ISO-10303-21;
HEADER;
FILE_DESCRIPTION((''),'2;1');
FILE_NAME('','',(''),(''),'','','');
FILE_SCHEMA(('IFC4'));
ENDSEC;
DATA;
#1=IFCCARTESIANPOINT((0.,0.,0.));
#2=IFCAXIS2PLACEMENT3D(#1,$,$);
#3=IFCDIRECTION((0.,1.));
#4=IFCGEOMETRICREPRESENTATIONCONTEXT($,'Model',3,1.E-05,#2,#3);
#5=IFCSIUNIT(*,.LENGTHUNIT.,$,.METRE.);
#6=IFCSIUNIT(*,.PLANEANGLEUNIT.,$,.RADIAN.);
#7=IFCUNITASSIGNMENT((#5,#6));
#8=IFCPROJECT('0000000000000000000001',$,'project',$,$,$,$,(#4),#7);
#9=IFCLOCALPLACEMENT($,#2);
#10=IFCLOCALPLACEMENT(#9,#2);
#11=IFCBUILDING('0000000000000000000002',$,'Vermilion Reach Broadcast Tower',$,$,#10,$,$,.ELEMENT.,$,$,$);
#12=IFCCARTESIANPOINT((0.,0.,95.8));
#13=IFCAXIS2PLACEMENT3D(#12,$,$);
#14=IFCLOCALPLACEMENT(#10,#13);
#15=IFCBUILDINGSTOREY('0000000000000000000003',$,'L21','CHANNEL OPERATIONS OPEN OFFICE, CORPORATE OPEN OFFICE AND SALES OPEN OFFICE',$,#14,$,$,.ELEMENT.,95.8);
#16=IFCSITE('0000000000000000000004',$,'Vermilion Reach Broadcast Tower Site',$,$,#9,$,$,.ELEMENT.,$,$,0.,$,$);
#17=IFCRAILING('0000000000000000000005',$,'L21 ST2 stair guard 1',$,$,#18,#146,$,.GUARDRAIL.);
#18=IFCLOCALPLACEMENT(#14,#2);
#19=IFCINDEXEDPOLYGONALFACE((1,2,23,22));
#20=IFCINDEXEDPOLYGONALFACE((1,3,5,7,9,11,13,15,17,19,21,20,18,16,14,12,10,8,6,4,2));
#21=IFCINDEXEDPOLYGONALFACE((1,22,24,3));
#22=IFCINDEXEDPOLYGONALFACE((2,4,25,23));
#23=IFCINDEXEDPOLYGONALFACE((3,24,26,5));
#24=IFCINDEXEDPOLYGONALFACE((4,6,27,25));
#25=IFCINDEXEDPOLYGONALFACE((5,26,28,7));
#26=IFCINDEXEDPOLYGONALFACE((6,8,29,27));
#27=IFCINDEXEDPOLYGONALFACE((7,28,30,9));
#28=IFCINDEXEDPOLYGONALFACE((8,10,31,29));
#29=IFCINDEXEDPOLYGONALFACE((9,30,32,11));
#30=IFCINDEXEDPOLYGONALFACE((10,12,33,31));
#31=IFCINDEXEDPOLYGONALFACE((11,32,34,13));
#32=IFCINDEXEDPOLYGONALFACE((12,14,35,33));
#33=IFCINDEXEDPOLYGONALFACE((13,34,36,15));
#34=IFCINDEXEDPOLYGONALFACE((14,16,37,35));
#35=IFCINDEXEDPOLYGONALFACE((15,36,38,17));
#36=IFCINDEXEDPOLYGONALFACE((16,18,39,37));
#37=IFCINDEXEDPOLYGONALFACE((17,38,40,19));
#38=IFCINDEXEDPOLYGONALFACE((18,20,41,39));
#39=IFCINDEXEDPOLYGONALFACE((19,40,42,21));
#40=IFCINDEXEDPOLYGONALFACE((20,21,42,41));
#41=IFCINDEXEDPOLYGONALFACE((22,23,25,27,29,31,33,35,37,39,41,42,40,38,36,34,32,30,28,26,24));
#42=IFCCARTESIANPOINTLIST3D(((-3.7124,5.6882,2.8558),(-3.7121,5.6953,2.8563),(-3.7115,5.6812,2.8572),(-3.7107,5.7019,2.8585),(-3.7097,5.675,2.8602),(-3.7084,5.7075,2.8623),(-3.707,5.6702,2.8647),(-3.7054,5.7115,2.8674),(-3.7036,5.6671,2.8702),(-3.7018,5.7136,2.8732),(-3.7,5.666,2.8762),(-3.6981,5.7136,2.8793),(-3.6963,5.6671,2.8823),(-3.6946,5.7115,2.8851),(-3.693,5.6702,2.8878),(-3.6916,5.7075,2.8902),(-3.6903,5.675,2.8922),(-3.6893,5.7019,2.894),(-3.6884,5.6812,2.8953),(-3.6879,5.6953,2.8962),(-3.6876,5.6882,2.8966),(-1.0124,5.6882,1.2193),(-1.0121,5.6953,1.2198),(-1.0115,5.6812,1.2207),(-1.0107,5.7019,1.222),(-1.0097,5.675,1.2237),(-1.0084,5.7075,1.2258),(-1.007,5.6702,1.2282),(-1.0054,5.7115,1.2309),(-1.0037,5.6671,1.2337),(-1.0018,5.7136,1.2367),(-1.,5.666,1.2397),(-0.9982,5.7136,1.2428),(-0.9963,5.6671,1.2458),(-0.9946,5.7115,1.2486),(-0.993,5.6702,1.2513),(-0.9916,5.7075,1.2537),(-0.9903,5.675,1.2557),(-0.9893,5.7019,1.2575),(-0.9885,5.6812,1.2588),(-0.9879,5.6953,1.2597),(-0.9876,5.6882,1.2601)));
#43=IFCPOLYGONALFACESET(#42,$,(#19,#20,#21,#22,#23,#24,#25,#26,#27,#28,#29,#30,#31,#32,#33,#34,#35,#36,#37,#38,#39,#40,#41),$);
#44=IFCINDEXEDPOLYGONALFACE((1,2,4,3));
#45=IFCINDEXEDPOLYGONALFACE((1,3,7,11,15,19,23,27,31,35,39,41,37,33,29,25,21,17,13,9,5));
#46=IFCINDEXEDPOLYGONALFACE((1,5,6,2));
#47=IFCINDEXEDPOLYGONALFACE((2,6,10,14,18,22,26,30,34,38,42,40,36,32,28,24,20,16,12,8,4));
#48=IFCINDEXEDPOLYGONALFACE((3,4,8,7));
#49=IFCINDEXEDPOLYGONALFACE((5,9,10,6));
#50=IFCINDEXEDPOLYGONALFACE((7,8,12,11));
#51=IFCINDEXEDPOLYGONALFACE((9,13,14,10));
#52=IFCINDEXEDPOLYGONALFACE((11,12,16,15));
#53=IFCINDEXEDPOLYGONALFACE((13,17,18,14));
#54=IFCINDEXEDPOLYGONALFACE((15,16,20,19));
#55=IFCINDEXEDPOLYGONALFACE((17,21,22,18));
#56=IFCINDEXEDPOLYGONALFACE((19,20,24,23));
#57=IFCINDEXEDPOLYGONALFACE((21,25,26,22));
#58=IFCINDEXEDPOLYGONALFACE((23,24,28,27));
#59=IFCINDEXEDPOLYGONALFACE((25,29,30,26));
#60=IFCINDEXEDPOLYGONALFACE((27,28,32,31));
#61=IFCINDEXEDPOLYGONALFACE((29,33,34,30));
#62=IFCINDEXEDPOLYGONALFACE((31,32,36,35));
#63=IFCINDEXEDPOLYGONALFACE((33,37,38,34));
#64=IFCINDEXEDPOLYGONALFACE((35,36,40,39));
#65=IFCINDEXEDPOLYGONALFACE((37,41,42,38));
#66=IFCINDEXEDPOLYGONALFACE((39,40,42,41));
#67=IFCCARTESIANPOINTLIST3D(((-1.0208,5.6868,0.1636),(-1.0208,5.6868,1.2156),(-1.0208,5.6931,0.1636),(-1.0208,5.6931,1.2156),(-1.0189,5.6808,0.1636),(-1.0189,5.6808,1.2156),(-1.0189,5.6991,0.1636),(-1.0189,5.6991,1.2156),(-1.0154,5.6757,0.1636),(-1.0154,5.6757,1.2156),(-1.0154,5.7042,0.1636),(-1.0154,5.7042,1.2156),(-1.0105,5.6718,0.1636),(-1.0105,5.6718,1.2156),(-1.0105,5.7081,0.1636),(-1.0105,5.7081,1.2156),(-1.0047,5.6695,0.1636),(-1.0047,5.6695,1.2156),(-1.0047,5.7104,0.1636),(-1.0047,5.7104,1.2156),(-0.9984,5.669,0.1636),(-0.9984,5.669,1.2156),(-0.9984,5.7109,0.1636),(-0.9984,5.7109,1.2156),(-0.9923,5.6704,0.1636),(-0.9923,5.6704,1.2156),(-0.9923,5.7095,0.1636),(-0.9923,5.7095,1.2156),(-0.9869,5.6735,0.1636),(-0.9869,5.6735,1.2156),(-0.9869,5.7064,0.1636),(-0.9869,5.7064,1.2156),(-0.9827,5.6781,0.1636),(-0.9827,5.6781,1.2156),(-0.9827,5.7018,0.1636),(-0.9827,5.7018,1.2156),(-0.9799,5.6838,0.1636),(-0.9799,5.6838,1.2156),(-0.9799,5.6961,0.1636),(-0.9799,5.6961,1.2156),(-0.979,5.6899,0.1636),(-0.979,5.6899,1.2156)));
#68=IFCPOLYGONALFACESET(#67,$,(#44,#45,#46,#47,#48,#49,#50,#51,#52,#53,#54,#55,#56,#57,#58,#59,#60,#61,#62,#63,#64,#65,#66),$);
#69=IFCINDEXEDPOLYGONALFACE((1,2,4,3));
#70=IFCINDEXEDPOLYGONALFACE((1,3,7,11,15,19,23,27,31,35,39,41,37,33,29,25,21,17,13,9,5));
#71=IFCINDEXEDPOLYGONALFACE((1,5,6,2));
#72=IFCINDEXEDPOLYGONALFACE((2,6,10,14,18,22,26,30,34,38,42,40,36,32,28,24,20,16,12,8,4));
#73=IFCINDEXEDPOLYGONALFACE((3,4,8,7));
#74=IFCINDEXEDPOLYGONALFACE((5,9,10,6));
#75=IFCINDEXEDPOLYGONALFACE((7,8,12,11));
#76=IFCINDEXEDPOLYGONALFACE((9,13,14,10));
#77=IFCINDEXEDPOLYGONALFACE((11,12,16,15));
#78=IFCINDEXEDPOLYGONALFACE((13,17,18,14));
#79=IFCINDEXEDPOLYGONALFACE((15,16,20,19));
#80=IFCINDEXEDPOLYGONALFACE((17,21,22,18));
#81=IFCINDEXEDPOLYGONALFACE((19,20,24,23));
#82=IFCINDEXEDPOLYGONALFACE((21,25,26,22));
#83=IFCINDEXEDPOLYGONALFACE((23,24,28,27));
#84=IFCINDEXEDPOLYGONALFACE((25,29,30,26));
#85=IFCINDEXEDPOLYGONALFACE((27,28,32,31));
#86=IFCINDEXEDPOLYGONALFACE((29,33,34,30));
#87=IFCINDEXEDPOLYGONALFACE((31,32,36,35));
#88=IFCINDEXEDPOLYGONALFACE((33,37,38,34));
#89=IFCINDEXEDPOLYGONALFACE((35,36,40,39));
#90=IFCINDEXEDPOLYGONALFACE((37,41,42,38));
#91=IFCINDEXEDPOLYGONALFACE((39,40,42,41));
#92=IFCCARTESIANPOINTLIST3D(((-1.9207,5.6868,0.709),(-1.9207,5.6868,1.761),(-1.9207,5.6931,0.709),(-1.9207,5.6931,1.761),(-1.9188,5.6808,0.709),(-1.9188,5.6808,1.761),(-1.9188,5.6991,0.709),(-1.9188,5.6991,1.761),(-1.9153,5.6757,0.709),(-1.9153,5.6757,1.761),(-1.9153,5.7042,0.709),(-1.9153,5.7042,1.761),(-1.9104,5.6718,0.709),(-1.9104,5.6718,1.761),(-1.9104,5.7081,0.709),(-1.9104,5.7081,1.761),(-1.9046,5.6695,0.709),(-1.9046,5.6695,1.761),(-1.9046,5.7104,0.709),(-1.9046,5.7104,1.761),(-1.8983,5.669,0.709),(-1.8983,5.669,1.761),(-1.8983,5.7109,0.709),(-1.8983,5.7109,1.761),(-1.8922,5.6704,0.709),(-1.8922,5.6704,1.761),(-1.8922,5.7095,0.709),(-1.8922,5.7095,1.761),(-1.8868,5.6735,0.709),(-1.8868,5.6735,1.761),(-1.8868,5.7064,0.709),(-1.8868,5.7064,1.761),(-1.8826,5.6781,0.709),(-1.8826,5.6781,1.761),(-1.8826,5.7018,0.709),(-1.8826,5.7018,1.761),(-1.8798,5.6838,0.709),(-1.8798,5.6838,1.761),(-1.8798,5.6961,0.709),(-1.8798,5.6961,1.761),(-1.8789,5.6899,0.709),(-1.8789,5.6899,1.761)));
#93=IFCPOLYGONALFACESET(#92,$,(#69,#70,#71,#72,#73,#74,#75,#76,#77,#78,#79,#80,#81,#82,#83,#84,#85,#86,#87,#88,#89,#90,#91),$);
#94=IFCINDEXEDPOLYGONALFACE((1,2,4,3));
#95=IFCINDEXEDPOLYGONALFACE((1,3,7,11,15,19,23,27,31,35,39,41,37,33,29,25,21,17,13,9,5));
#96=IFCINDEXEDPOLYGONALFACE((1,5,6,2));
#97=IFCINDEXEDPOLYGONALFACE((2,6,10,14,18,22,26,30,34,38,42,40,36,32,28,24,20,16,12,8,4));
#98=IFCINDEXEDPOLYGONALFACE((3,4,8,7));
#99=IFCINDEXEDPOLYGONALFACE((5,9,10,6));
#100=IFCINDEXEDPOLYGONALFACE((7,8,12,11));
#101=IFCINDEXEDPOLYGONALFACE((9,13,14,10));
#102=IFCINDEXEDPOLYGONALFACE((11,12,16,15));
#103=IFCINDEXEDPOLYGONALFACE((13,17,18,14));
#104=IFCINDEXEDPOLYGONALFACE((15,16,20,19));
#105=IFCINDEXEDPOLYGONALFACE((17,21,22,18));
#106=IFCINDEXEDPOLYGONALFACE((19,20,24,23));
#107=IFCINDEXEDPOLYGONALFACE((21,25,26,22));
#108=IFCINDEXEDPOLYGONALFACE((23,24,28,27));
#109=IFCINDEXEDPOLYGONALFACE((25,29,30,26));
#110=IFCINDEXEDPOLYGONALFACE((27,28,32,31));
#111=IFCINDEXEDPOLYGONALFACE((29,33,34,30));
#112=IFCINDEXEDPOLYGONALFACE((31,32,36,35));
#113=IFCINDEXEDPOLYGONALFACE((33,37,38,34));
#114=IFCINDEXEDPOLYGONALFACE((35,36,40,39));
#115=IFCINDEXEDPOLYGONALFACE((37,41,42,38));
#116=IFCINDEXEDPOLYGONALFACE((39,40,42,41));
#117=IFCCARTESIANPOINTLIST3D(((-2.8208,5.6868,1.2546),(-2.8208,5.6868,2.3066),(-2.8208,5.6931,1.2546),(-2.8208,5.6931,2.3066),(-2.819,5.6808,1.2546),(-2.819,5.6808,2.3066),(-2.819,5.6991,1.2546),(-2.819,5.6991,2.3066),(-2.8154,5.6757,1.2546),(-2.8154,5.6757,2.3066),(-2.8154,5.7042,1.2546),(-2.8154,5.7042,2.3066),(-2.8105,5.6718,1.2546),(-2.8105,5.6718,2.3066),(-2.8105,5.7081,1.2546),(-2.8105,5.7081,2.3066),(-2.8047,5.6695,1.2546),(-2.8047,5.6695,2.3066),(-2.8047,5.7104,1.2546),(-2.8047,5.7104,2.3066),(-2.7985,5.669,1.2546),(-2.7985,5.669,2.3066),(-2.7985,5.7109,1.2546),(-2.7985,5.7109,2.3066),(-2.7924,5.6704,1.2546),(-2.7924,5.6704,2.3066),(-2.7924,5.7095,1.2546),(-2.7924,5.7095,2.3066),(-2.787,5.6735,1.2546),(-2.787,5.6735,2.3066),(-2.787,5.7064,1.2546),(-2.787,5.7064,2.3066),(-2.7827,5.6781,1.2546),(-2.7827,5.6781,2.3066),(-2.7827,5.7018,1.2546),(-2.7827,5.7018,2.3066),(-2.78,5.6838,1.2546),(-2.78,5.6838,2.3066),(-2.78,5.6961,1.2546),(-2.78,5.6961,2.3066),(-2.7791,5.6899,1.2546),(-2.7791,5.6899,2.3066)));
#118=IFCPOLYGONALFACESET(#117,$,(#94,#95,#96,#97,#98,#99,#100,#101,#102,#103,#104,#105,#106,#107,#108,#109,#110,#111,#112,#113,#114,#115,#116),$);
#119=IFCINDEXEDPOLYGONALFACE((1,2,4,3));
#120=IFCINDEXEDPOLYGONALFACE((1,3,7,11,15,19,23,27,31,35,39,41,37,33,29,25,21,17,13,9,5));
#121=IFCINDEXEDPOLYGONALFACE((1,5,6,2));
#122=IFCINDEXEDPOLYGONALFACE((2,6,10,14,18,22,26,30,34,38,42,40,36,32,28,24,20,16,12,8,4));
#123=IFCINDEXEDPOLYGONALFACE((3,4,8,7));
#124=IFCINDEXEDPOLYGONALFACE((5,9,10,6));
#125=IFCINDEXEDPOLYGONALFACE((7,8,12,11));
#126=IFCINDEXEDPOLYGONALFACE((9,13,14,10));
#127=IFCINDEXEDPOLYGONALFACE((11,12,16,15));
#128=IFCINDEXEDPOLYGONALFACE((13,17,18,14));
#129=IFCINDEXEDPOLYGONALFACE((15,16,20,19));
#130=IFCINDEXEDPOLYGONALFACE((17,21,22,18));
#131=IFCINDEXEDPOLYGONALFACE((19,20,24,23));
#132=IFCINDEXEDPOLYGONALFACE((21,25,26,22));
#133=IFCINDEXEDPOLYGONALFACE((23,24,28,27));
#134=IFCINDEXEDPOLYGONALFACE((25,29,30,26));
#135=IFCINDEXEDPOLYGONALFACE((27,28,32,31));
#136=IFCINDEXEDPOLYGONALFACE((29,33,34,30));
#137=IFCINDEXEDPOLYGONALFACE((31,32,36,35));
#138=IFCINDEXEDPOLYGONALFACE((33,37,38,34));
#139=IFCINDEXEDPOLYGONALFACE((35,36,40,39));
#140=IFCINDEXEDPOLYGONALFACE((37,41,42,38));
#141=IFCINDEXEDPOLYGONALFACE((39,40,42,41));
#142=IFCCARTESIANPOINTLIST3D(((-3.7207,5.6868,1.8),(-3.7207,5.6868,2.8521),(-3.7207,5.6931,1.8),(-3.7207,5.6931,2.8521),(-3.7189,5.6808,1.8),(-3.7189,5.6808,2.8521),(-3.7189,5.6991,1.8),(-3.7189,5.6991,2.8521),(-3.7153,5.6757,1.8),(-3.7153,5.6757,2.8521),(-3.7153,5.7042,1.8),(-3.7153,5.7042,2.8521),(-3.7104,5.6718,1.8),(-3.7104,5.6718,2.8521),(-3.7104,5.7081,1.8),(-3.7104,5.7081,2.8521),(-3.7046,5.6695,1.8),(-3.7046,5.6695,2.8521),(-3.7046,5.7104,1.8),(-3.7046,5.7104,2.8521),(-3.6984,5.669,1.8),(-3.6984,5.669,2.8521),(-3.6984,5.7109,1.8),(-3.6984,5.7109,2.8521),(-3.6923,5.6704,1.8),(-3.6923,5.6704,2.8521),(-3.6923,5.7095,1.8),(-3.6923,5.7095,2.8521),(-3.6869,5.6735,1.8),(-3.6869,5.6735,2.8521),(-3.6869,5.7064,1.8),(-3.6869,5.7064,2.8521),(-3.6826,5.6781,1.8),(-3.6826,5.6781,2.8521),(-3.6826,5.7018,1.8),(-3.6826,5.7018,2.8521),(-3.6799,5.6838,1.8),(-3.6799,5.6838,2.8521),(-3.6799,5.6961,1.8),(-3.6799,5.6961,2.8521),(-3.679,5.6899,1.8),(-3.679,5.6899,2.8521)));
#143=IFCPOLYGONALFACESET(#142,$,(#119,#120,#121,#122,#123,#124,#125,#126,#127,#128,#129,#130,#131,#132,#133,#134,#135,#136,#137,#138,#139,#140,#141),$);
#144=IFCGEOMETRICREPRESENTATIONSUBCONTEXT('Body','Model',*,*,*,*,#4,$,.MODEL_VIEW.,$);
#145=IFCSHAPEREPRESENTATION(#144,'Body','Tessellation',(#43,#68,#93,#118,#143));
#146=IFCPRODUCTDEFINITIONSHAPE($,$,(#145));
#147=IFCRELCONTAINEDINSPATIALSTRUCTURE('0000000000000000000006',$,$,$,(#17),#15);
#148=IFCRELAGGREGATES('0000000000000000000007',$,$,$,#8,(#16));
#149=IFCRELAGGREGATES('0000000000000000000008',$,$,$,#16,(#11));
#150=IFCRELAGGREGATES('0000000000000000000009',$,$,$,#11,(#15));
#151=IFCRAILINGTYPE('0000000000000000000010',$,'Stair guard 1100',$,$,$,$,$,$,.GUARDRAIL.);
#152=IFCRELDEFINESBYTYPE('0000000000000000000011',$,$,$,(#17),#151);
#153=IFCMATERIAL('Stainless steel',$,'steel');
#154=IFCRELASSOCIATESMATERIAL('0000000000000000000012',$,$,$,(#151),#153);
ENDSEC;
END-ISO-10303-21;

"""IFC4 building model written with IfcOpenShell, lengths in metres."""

from ifc_helpers import new_model, si_unit, direction, frame, origin, origin_2d, place, context, subcontext, project, spatial, circle, extrude, material, type_object, element, save


model = new_model("IFC4")

# Units and contexts
model_context = context("Model", 3, precision=1e-05, world=origin(), true_north=direction((0.0, 1.0)))
body_context = subcontext(model_context, "Body", "Model", "MODEL_VIEW")
ifc_project = project(units=[si_unit("LENGTHUNIT", "METRE"), si_unit("PLANEANGLEUNIT", "RADIAN")], contexts=[model_context])

# Site, building, storey
site_placement = place(None, origin())
site = spatial("IfcSite", under=ifc_project, at=site_placement, Name="Vermilion Reach Broadcast Tower Site", CompositionType="ELEMENT", RefElevation=0.0)
building_placement = place(site_placement, origin())
building = spatial("IfcBuilding", under=site, at=building_placement, Name="Vermilion Reach Broadcast Tower", CompositionType="ELEMENT")
storey_placement = place(building_placement, frame((0.0, 0.0, 95.8)))
storey = spatial("IfcBuildingStorey", under=building, at=storey_placement, Name="L21", Description="CHANNEL OPERATIONS OPEN OFFICE, CORPORATE OPEN OFFICE AND SALES OPEN OFFICE", CompositionType="ELEMENT", Elevation=95.8)

# Railing
ifc_material_1 = material(Name="Stainless steel", Category="steel")
railing_type_1 = type_object("IfcRailingType", Name="Stair guard 1100", PredefinedType="GUARDRAIL", material=ifc_material_1)
railing_1_placement = place(storey_placement, frame((-1.0, 5.6899, 0.1636)))
element("IfcRailing", 1, at=railing_1_placement, inside=storey, type_object=railing_type_1, Name="L21 ST2 stair guard 1", PredefinedType="GUARDRAIL", context=body_context, shape_type="SweptSolid", body=[
    extrude(circle(Radius=0.0239, at=origin_2d()), frame((0.0, 0.0, 1.0762), z_axis=(-0.855178, 0.0, 0.518334), x_axis=(0.0, -1.0, 0.0)), (0.0, 0.0, 1.0), 3.1572),
    extrude(circle(Radius=0.021, at=origin_2d()), origin(), (0.0, 0.0, 1.0), 1.052),
    extrude(circle(Radius=0.021, at=origin_2d()), frame((-0.8999, 0.0, 0.5454)), (0.0, 0.0, 1.0), 1.052),
    extrude(circle(Radius=0.021, at=origin_2d()), frame((-1.8, 0.0, 1.0911)), (0.0, 0.0, 1.0), 1.052),
    extrude(circle(Radius=0.021, at=origin_2d()), frame((-2.7, 0.0, 1.6365)), (0.0, 0.0, 1.0), 1.052),
])

save(model, "model.ifc")
